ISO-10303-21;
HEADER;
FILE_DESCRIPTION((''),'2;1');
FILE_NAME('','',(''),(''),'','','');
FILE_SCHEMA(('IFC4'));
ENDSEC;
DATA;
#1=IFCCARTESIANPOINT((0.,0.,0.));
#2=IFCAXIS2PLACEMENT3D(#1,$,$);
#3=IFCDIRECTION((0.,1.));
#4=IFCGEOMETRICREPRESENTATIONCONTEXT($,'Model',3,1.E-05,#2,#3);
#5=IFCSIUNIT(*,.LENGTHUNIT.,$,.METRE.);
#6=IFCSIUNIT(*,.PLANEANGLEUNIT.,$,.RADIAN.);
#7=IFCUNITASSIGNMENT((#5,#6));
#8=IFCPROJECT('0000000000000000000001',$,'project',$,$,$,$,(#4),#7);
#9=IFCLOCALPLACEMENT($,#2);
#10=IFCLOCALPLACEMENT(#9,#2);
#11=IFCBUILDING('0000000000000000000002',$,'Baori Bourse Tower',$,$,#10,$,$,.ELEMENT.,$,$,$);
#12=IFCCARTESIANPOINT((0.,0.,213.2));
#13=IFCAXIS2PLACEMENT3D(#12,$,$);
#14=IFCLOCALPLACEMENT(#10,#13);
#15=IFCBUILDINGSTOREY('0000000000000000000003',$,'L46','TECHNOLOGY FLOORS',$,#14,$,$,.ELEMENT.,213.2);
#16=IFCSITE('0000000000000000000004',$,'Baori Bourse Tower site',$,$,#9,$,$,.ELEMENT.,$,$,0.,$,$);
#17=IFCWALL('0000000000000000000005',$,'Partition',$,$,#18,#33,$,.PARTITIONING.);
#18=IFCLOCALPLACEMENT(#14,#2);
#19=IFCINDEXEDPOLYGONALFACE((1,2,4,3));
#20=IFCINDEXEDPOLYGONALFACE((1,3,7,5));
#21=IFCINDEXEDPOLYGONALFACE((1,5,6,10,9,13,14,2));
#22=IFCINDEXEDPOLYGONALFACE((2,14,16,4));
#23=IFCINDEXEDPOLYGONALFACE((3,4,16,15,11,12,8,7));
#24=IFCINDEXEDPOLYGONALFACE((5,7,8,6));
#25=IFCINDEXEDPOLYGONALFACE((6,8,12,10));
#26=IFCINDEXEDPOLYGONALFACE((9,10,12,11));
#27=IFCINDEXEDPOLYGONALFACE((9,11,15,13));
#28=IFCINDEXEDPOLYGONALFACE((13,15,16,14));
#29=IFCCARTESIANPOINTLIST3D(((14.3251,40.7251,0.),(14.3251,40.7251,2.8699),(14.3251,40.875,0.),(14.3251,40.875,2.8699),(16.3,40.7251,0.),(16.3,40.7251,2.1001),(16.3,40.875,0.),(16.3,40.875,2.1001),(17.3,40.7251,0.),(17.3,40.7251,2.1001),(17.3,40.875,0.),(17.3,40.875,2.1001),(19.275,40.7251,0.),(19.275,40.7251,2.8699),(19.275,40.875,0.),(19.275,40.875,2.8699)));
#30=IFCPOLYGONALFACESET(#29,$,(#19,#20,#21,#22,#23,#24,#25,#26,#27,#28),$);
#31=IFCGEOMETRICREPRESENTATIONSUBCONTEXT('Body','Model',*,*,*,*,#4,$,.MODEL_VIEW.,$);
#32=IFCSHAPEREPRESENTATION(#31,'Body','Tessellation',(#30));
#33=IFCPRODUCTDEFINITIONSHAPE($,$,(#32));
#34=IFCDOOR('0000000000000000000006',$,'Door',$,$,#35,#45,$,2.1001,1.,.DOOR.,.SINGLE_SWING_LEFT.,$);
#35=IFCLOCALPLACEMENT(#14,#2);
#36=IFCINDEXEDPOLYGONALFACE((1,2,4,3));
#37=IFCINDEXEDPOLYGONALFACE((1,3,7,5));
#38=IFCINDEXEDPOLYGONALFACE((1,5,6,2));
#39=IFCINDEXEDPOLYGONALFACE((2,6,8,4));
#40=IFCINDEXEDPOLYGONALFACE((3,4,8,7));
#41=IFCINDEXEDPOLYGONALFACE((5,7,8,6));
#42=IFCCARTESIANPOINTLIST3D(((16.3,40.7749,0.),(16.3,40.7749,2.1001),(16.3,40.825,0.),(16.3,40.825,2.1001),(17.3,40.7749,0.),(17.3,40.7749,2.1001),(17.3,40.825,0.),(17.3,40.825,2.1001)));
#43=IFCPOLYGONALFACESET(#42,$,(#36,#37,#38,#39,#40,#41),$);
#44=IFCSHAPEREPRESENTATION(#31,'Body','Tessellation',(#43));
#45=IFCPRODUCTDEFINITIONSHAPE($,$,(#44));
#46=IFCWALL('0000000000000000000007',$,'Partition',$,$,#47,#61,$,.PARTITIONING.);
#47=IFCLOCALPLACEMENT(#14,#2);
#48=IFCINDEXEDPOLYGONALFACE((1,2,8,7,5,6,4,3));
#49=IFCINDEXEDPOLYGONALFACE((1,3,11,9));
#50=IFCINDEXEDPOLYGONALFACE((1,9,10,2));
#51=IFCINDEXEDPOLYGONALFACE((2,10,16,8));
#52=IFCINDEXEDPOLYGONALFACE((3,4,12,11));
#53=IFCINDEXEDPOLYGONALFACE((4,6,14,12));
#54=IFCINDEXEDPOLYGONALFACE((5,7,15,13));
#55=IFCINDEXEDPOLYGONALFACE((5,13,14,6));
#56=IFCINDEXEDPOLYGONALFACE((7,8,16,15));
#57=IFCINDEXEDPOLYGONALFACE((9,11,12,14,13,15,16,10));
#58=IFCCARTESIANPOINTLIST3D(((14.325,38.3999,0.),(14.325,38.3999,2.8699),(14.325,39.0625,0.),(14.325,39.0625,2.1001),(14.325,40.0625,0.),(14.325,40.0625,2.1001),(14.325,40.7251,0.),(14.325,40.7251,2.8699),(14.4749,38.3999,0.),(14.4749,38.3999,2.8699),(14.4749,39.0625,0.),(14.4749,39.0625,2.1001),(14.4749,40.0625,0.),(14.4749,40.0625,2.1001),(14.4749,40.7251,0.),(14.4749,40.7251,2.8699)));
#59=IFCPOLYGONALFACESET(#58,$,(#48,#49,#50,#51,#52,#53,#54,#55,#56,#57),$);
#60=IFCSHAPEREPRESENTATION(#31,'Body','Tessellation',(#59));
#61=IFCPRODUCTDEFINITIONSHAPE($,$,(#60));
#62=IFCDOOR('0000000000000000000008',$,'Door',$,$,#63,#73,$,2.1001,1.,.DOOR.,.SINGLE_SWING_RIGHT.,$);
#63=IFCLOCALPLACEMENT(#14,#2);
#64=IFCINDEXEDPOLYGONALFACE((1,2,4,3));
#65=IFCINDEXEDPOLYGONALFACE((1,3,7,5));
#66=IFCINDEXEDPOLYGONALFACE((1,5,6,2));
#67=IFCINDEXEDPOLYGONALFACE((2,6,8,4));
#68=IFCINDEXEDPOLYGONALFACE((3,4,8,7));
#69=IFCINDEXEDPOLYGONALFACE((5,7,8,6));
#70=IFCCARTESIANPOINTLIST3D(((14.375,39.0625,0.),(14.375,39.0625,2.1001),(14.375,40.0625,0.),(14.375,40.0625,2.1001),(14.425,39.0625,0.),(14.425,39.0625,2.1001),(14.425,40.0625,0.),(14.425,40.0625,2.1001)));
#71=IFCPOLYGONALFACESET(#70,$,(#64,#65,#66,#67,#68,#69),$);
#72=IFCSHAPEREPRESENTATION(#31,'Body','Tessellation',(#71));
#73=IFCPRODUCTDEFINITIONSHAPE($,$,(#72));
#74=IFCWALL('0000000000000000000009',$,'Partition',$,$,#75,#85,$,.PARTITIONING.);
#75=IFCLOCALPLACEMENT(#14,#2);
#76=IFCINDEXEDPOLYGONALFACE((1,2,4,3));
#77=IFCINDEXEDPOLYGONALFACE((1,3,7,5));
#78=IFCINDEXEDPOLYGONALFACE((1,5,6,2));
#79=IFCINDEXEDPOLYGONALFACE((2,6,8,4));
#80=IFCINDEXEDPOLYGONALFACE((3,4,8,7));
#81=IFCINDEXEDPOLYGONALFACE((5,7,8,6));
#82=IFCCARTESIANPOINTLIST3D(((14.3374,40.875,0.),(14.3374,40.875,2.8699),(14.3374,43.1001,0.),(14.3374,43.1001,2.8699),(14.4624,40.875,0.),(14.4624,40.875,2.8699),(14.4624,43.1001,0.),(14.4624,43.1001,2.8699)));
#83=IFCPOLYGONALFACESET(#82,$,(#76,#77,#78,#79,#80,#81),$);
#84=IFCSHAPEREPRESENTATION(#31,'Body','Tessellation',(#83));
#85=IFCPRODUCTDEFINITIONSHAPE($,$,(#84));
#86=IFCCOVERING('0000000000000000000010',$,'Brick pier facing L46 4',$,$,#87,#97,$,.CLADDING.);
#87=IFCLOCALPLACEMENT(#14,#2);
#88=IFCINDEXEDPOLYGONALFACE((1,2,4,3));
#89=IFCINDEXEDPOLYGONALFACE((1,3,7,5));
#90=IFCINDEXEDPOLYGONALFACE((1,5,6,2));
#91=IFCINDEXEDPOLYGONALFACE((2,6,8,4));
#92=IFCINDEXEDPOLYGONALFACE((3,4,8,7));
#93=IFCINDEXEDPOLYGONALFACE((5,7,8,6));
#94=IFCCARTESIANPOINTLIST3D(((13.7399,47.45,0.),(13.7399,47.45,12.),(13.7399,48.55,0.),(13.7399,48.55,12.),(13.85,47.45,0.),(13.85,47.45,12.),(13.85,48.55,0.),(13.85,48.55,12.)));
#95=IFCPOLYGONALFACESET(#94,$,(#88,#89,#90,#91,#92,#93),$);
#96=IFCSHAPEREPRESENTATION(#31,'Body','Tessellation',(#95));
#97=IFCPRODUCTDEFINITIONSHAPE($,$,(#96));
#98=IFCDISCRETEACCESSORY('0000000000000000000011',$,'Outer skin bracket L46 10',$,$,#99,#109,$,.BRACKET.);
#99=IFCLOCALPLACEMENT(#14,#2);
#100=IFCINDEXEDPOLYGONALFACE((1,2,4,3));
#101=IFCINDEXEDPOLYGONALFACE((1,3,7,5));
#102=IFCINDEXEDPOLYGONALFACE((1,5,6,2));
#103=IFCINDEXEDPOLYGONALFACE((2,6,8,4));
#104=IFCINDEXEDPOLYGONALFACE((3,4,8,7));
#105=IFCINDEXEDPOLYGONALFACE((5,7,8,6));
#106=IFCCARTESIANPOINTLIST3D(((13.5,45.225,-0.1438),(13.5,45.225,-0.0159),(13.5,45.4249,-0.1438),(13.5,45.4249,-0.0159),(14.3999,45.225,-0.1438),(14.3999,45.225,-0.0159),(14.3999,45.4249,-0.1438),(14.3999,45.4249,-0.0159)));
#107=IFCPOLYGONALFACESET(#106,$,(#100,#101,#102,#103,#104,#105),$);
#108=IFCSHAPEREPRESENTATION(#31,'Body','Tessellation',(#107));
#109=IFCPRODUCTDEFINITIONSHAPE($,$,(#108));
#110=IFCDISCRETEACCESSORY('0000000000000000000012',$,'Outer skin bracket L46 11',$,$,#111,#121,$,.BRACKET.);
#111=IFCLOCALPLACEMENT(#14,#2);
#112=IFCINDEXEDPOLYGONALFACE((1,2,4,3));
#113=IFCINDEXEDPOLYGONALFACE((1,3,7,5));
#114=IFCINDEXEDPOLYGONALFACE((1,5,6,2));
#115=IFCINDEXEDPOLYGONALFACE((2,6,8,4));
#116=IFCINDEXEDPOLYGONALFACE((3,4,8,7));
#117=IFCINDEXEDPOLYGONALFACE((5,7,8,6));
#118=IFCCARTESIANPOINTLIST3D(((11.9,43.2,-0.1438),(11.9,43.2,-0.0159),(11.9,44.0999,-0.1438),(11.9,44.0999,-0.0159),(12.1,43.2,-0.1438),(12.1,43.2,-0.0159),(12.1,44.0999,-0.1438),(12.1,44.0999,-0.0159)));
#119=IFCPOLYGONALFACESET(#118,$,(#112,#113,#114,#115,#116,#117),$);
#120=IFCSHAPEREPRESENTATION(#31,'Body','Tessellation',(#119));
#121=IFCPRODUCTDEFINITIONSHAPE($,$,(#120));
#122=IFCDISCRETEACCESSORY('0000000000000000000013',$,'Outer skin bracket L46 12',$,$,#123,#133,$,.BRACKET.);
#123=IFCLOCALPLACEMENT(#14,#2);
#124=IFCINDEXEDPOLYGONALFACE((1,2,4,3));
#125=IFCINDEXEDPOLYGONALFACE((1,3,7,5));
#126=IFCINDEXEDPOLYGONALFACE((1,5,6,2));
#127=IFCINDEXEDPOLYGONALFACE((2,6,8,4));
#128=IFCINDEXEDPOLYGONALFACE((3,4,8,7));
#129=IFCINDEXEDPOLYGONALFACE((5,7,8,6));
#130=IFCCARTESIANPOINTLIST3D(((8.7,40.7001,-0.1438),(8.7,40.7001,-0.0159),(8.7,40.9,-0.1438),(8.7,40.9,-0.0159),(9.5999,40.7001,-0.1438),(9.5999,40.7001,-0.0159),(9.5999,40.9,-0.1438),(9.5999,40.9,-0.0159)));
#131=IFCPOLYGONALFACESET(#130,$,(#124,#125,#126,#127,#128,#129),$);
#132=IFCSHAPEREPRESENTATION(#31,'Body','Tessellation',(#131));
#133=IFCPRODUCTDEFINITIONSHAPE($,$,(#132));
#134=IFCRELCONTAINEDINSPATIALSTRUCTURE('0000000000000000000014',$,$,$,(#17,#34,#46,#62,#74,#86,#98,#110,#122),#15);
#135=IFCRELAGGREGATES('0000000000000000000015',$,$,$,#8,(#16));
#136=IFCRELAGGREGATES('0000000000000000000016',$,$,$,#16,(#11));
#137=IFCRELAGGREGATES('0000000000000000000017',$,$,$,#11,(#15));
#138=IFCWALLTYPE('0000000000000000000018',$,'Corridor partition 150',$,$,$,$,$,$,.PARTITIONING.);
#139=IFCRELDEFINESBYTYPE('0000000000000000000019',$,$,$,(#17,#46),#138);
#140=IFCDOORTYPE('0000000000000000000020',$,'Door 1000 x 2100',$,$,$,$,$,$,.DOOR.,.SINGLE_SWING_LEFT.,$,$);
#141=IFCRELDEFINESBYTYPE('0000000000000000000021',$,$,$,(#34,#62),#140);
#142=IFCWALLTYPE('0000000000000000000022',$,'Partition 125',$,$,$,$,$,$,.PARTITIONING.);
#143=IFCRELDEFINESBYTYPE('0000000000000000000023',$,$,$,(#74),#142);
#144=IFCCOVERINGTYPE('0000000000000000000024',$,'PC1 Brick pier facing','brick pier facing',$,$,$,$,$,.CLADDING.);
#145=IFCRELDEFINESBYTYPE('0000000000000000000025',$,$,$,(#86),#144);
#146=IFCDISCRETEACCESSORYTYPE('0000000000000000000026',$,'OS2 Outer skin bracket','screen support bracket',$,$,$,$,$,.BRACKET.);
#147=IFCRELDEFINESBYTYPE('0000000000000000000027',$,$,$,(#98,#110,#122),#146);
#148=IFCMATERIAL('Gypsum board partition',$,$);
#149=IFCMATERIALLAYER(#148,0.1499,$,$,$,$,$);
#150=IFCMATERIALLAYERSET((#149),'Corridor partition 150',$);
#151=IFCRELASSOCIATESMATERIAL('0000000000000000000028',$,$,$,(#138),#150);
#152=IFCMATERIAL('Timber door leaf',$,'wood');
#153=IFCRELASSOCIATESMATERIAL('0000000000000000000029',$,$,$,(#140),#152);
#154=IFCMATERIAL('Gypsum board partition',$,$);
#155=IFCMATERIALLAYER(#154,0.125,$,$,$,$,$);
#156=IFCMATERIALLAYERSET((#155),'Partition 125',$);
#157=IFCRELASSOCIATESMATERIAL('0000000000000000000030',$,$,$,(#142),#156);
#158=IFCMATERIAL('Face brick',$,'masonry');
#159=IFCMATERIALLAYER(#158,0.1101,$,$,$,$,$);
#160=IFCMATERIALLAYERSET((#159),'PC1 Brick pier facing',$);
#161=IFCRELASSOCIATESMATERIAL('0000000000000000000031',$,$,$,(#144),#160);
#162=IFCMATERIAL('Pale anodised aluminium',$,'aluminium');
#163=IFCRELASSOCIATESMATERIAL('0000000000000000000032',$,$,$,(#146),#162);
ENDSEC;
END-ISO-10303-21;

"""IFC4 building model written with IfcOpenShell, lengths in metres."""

from ifc_helpers import new_model, si_unit, direction, frame, frame_2d, origin, origin_2d, place, context, subcontext, project, spatial, rectangle, extrude, material, layer, layer_set, type_object, element, fill, save


model = new_model("IFC4")

# Units and contexts
model_context = context("Model", 3, precision=1e-05, world=origin(), true_north=direction((0.0, 1.0)))
body_context = subcontext(model_context, "Body", "Model", "MODEL_VIEW")
ifc_project = project(units=[si_unit("LENGTHUNIT", "METRE"), si_unit("PLANEANGLEUNIT", "RADIAN")], contexts=[model_context])

# Site, building, storey
site_placement = place(None, origin())
site = spatial("IfcSite", under=ifc_project, at=site_placement, Name="Baori Bourse Tower site", CompositionType="ELEMENT", RefElevation=0.0)
building_placement = place(site_placement, origin())
building = spatial("IfcBuilding", under=site, at=building_placement, Name="Baori Bourse Tower", CompositionType="ELEMENT")
storey_placement = place(building_placement, frame((0.0, 0.0, 213.2)))
storey = spatial("IfcBuildingStorey", under=building, at=storey_placement, Name="L46", Description="TECHNOLOGY FLOORS", CompositionType="ELEMENT", Elevation=213.2)

# Walls, openings, doors
ifc_material_1 = material(Name="Gypsum board partition")
ifc_layer_1 = layer(ifc_material_1, 0.1499)
ifc_layer_set_1 = layer_set([ifc_layer_1], Name="Corridor partition 150")
wall_type_1 = type_object("IfcWallType", Name="Corridor partition 150", PredefinedType="PARTITIONING", material=ifc_layer_set_1)
wall_1_placement = place(storey_placement, frame((14.325, 40.8, 0.0), z_axis=(0.0, 0.0, 1.0), x_axis=(1.0, 0.0, 0.0)))
wall_1 = element("IfcWall", 1, at=wall_1_placement, inside=storey, type_object=wall_type_1, Name="Partition", PredefinedType="PARTITIONING", context=body_context, shape_type="SweptSolid", body=[
    extrude(rectangle(XDim=4.95, YDim=0.1499, at=frame_2d((2.4751, 0.0))), origin(), (0.0, 0.0, 1.0), 2.8699),
])
opening_1_placement = place(wall_1_placement, frame((1.9751, 0.0, 0.0)))
opening_1 = element("IfcOpeningElement", 2, at=opening_1_placement, cuts=wall_1, PredefinedType="OPENING", context=body_context, shape_type="SweptSolid", body=[
    extrude(rectangle(XDim=1.0, YDim=2.1001, at=frame_2d((0.5, 1.05))), frame((0.0, 0.085, 0.0), z_axis=(0.0, -1.0, 0.0), x_axis=(1.0, 0.0, 0.0)), (0.0, 0.0, 1.0), 0.1699),
])
ifc_material_2 = material(Name="Timber door leaf", Category="wood")
door_type = type_object("IfcDoorType", Name="Door 1000 x 2100", OperationType="SINGLE_SWING_LEFT", PredefinedType="DOOR", material=ifc_material_2)
door_1_placement = place(opening_1_placement, origin())
door_1 = element("IfcDoor", 3, at=door_1_placement, inside=storey, type_object=door_type, Name="Door", OperationType="SINGLE_SWING_LEFT", OverallHeight=2.1001, OverallWidth=1.0, PredefinedType="DOOR", context=body_context, shape_type="SweptSolid", body=[
    extrude(rectangle(XDim=1.0, YDim=2.1001, at=frame_2d((0.5, 1.05))), frame((0.0, 0.0249, 0.0), z_axis=(0.0, -1.0, 0.0), x_axis=(1.0, 0.0, 0.0)), (0.0, 0.0, 1.0), 0.05),
])
fill(opening_1, door_1)
wall_2_placement = place(storey_placement, frame((14.3999, 38.3999, 0.0), z_axis=(0.0, 0.0, 1.0), x_axis=(0.0, 1.0, 0.0)))
wall_2 = element("IfcWall", 4, at=wall_2_placement, inside=storey, type_object=wall_type_1, Name="Partition", PredefinedType="PARTITIONING", context=body_context, shape_type="SweptSolid", body=[
    extrude(rectangle(XDim=2.3252, YDim=0.1499, at=frame_2d((1.1626, 0.0))), origin(), (0.0, 0.0, 1.0), 2.8699),
])
opening_2_placement = place(wall_2_placement, frame((0.6626, 0.0, 0.0)))
opening_2 = element("IfcOpeningElement", 5, at=opening_2_placement, cuts=wall_2, PredefinedType="OPENING", context=body_context, shape_type="SweptSolid", body=[
    extrude(rectangle(XDim=1.0, YDim=2.1001, at=frame_2d((0.5, 1.05))), frame((0.0, 0.085, 0.0), z_axis=(0.0, -1.0, 0.0), x_axis=(1.0, 0.0, 0.0)), (0.0, 0.0, 1.0), 0.1699),
])
door_2_placement = place(opening_2_placement, origin())
door_2 = element("IfcDoor", 6, at=door_2_placement, inside=storey, type_object=door_type, Name="Door", OperationType="SINGLE_SWING_RIGHT", OverallHeight=2.1001, OverallWidth=1.0, PredefinedType="DOOR", context=body_context, shape_type="SweptSolid", body=[
    extrude(rectangle(XDim=1.0, YDim=2.1001, at=frame_2d((0.5, 1.05))), frame((0.0, 0.0249, 0.0), z_axis=(0.0, -1.0, 0.0), x_axis=(1.0, 0.0, 0.0)), (0.0, 0.0, 1.0), 0.05),
])
fill(opening_2, door_2)

# Wall
ifc_material_3 = material(Name="Gypsum board partition")
ifc_layer_2 = layer(ifc_material_3, 0.125)
ifc_layer_set_2 = layer_set([ifc_layer_2], Name="Partition 125")
wall_type_2 = type_object("IfcWallType", Name="Partition 125", PredefinedType="PARTITIONING", material=ifc_layer_set_2)
wall_3_placement = place(storey_placement, frame((14.3999, 40.875, 0.0), z_axis=(0.0, 0.0, 1.0), x_axis=(0.0, 1.0, 0.0)))
element("IfcWall", 7, at=wall_3_placement, inside=storey, type_object=wall_type_2, Name="Partition", PredefinedType="PARTITIONING", context=body_context, shape_type="SweptSolid", body=[
    extrude(rectangle(XDim=2.2251, YDim=0.125, at=frame_2d((1.1125, 0.0))), origin(), (0.0, 0.0, 1.0), 2.8699),
])

# Covering
ifc_material_4 = material(Name="Face brick", Category="masonry")
ifc_layer_3 = layer(ifc_material_4, 0.1101)
ifc_layer_set_3 = layer_set([ifc_layer_3], Name="PC1 Brick pier facing")
covering_type = type_object("IfcCoveringType", Name="PC1 Brick pier facing", Description="brick pier facing", PredefinedType="CLADDING", material=ifc_layer_set_3)
covering_placement = place(storey_placement, frame((13.7949, 48.0, 0.0), z_axis=(0.0, 0.0, 1.0), x_axis=(1.0, 0.0, 0.0)))
element("IfcCovering", 8, at=covering_placement, inside=storey, type_object=covering_type, Name="Brick pier facing L46 4", PredefinedType="CLADDING", context=body_context, shape_type="SweptSolid", body=[
    extrude(rectangle(XDim=0.1101, YDim=1.1001, at=origin_2d()), origin(), (0.0, 0.0, 1.0), 12.0),
])

# Discrete accessories
ifc_material_5 = material(Name="Pale anodised aluminium", Category="aluminium")
discrete_accessory_type = type_object("IfcDiscreteAccessoryType", Name="OS2 Outer skin bracket", Description="screen support bracket", PredefinedType="BRACKET", material=ifc_material_5)
for number, where, z_axis, x_axis, name in (
    (9, (13.95, 45.325, -0.1438), (0.0, 0.0, 1.0), (0.0, -1.0, 0.0), "Outer skin bracket L46 10"),
    (10, (12.0, 43.6499, -0.1438), (0.0, 0.0, 1.0), (-1.0, 0.0, 0.0), "Outer skin bracket L46 11"),
    (11, (9.1499, 40.8, -0.1438), (0.0, 0.0, 1.0), (0.0, -1.0, 0.0), "Outer skin bracket L46 12"),
):
    element("IfcDiscreteAccessory", number, at=place(storey_placement, frame(where, z_axis=z_axis, x_axis=x_axis)), inside=storey, type_object=discrete_accessory_type, Name=name, PredefinedType="BRACKET", context=body_context, shape_type="SweptSolid", body=[
        extrude(rectangle(XDim=0.2, YDim=0.8999, at=origin_2d()), origin(), (0.0, 0.0, 1.0), 0.1279),
    ])

save(model, "model.ifc")
